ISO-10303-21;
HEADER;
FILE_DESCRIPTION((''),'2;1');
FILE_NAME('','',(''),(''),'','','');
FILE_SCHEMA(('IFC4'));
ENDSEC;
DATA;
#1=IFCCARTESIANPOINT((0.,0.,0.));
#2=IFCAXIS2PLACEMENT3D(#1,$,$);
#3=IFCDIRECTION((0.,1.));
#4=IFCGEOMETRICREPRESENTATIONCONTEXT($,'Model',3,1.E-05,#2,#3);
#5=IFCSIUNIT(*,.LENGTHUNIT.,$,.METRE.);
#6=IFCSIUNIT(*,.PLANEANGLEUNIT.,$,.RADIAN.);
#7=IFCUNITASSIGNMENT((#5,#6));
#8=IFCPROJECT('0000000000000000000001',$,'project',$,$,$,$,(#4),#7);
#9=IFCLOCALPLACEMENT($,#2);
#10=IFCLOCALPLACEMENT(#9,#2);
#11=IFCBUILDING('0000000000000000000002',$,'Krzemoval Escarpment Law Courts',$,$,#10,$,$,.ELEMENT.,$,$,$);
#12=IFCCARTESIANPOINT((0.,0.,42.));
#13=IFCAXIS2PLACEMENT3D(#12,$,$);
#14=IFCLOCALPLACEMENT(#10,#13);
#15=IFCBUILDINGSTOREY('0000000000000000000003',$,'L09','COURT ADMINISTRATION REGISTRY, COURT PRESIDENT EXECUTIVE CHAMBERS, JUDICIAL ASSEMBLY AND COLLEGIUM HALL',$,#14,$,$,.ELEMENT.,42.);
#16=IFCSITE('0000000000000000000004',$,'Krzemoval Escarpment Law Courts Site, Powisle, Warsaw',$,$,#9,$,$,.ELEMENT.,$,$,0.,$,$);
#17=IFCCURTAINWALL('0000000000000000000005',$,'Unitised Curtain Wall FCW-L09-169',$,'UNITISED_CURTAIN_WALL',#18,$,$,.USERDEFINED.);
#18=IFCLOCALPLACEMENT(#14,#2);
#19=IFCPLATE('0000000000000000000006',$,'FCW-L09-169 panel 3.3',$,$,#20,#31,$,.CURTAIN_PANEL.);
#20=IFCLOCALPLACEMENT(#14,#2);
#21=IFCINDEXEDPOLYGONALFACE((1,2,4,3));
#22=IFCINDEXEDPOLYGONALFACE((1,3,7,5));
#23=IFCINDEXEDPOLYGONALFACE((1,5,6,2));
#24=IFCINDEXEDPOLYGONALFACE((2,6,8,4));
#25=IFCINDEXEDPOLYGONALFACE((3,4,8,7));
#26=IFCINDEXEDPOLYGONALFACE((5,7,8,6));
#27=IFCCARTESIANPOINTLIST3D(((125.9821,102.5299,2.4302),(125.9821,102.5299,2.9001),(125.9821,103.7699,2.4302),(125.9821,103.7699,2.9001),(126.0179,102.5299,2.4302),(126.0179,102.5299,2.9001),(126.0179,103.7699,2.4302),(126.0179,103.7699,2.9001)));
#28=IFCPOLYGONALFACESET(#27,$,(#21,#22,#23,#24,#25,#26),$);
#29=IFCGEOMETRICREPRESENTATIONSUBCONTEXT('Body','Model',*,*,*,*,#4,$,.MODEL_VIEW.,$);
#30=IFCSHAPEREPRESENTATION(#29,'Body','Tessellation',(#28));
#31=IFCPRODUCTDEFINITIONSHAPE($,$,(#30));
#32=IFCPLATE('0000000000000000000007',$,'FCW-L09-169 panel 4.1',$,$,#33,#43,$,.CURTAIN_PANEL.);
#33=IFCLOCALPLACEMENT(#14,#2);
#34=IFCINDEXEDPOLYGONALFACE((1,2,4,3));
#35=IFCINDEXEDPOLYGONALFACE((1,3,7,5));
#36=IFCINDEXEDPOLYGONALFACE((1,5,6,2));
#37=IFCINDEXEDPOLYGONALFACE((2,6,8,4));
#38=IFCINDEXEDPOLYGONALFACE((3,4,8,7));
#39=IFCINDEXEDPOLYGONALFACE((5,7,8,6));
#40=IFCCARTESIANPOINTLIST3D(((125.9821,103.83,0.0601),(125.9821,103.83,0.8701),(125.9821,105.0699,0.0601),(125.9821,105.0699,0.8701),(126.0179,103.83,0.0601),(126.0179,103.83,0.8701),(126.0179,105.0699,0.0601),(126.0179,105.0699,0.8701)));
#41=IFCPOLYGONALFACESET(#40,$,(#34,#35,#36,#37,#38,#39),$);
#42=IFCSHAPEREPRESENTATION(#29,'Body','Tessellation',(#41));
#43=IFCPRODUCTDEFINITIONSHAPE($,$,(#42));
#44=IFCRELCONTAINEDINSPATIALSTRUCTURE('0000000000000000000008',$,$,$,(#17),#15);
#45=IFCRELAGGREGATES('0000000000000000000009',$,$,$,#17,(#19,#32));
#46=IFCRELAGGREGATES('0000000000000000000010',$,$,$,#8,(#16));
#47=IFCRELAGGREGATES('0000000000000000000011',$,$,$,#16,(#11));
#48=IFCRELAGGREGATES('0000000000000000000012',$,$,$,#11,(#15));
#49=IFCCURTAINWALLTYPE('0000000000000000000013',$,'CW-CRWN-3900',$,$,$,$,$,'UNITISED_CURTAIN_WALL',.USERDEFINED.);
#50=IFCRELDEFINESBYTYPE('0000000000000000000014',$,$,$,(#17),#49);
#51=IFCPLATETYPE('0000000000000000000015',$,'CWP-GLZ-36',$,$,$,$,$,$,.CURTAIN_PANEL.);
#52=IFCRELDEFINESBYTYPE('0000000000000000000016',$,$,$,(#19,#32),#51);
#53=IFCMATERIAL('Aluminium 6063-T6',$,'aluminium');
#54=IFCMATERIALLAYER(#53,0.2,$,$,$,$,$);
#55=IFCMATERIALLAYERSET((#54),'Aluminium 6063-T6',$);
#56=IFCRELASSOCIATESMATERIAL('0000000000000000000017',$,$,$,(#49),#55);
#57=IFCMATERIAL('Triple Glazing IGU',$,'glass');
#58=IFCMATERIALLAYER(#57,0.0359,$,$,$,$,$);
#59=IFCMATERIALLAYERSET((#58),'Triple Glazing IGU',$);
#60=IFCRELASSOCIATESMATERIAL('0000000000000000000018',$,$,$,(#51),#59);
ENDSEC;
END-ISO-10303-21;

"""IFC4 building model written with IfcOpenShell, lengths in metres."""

from ifc_helpers import new_model, si_unit, direction, frame, origin, origin_2d, place, context, subcontext, project, spatial, rectangle, extrude, material, layer, layer_set, type_object, element, aggregate, save


model = new_model("IFC4")

# Units and contexts
model_context = context("Model", 3, precision=1e-05, world=origin(), true_north=direction((0.0, 1.0)))
body_context = subcontext(model_context, "Body", "Model", "MODEL_VIEW")
ifc_project = project(units=[si_unit("LENGTHUNIT", "METRE"), si_unit("PLANEANGLEUNIT", "RADIAN")], contexts=[model_context])

# Site, building, storey
site_placement = place(None, origin())
site = spatial("IfcSite", under=ifc_project, at=site_placement, Name="Krzemoval Escarpment Law Courts Site, Powisle, Warsaw", CompositionType="ELEMENT", RefElevation=0.0)
building_placement = place(site_placement, origin())
building = spatial("IfcBuilding", under=site, at=building_placement, Name="Krzemoval Escarpment Law Courts", CompositionType="ELEMENT")
storey_placement = place(building_placement, frame((0.0, 0.0, 42.0)))
storey = spatial("IfcBuildingStorey", under=building, at=storey_placement, Name="L09", Description="COURT ADMINISTRATION REGISTRY, COURT PRESIDENT EXECUTIVE CHAMBERS, JUDICIAL ASSEMBLY AND COLLEGIUM HALL", CompositionType="ELEMENT", Elevation=42.0)

# Curtain wall, plates
ifc_material_1 = material(Name="Aluminium 6063-T6", Category="aluminium")
ifc_layer_1 = layer(ifc_material_1, 0.2)
ifc_layer_set_1 = layer_set([ifc_layer_1], Name="Aluminium 6063-T6")
curtain_wall_type = type_object("IfcCurtainWallType", Name="CW-CRWN-3900", ElementType="UNITISED_CURTAIN_WALL", PredefinedType="USERDEFINED", material=ifc_layer_set_1)
curtain_wall_placement = place(storey_placement, origin())
curtain_wall = element("IfcCurtainWall", 1, at=curtain_wall_placement, inside=storey, type_object=curtain_wall_type, Name="Unitised Curtain Wall FCW-L09-169", ObjectType="UNITISED_CURTAIN_WALL", PredefinedType="USERDEFINED")
ifc_material_2 = material(Name="Triple Glazing IGU", Category="glass")
ifc_layer_2 = layer(ifc_material_2, 0.0359)
ifc_layer_set_2 = layer_set([ifc_layer_2], Name="Triple Glazing IGU")
plate_type = type_object("IfcPlateType", Name="CWP-GLZ-36", PredefinedType="CURTAIN_PANEL", material=ifc_layer_set_2)
plate_1_placement = place(storey_placement, frame((126.0, 103.1499, 2.4302), z_axis=(0.0, 0.0, 1.0), x_axis=(0.0, 1.0, 0.0)))
plate_1 = element("IfcPlate", 2, at=plate_1_placement, type_object=plate_type, Name="FCW-L09-169 panel 3.3", PredefinedType="CURTAIN_PANEL", context=body_context, shape_type="SweptSolid", body=[
    extrude(rectangle(XDim=1.24, YDim=0.0359, at=origin_2d()), origin(), (0.0, 0.0, 1.0), 0.47),
])
plate_2_placement = place(storey_placement, frame((126.0, 104.45, 0.0601), z_axis=(0.0, 0.0, 1.0), x_axis=(0.0, 1.0, 0.0)))
plate_2 = element("IfcPlate", 3, at=plate_2_placement, type_object=plate_type, Name="FCW-L09-169 panel 4.1", PredefinedType="CURTAIN_PANEL", context=body_context, shape_type="SweptSolid", body=[
    extrude(rectangle(XDim=1.24, YDim=0.0359, at=origin_2d()), origin(), (0.0, 0.0, 1.0), 0.8101),
])
aggregate(curtain_wall, [plate_1, plate_2])

save(model, "model.ifc")
